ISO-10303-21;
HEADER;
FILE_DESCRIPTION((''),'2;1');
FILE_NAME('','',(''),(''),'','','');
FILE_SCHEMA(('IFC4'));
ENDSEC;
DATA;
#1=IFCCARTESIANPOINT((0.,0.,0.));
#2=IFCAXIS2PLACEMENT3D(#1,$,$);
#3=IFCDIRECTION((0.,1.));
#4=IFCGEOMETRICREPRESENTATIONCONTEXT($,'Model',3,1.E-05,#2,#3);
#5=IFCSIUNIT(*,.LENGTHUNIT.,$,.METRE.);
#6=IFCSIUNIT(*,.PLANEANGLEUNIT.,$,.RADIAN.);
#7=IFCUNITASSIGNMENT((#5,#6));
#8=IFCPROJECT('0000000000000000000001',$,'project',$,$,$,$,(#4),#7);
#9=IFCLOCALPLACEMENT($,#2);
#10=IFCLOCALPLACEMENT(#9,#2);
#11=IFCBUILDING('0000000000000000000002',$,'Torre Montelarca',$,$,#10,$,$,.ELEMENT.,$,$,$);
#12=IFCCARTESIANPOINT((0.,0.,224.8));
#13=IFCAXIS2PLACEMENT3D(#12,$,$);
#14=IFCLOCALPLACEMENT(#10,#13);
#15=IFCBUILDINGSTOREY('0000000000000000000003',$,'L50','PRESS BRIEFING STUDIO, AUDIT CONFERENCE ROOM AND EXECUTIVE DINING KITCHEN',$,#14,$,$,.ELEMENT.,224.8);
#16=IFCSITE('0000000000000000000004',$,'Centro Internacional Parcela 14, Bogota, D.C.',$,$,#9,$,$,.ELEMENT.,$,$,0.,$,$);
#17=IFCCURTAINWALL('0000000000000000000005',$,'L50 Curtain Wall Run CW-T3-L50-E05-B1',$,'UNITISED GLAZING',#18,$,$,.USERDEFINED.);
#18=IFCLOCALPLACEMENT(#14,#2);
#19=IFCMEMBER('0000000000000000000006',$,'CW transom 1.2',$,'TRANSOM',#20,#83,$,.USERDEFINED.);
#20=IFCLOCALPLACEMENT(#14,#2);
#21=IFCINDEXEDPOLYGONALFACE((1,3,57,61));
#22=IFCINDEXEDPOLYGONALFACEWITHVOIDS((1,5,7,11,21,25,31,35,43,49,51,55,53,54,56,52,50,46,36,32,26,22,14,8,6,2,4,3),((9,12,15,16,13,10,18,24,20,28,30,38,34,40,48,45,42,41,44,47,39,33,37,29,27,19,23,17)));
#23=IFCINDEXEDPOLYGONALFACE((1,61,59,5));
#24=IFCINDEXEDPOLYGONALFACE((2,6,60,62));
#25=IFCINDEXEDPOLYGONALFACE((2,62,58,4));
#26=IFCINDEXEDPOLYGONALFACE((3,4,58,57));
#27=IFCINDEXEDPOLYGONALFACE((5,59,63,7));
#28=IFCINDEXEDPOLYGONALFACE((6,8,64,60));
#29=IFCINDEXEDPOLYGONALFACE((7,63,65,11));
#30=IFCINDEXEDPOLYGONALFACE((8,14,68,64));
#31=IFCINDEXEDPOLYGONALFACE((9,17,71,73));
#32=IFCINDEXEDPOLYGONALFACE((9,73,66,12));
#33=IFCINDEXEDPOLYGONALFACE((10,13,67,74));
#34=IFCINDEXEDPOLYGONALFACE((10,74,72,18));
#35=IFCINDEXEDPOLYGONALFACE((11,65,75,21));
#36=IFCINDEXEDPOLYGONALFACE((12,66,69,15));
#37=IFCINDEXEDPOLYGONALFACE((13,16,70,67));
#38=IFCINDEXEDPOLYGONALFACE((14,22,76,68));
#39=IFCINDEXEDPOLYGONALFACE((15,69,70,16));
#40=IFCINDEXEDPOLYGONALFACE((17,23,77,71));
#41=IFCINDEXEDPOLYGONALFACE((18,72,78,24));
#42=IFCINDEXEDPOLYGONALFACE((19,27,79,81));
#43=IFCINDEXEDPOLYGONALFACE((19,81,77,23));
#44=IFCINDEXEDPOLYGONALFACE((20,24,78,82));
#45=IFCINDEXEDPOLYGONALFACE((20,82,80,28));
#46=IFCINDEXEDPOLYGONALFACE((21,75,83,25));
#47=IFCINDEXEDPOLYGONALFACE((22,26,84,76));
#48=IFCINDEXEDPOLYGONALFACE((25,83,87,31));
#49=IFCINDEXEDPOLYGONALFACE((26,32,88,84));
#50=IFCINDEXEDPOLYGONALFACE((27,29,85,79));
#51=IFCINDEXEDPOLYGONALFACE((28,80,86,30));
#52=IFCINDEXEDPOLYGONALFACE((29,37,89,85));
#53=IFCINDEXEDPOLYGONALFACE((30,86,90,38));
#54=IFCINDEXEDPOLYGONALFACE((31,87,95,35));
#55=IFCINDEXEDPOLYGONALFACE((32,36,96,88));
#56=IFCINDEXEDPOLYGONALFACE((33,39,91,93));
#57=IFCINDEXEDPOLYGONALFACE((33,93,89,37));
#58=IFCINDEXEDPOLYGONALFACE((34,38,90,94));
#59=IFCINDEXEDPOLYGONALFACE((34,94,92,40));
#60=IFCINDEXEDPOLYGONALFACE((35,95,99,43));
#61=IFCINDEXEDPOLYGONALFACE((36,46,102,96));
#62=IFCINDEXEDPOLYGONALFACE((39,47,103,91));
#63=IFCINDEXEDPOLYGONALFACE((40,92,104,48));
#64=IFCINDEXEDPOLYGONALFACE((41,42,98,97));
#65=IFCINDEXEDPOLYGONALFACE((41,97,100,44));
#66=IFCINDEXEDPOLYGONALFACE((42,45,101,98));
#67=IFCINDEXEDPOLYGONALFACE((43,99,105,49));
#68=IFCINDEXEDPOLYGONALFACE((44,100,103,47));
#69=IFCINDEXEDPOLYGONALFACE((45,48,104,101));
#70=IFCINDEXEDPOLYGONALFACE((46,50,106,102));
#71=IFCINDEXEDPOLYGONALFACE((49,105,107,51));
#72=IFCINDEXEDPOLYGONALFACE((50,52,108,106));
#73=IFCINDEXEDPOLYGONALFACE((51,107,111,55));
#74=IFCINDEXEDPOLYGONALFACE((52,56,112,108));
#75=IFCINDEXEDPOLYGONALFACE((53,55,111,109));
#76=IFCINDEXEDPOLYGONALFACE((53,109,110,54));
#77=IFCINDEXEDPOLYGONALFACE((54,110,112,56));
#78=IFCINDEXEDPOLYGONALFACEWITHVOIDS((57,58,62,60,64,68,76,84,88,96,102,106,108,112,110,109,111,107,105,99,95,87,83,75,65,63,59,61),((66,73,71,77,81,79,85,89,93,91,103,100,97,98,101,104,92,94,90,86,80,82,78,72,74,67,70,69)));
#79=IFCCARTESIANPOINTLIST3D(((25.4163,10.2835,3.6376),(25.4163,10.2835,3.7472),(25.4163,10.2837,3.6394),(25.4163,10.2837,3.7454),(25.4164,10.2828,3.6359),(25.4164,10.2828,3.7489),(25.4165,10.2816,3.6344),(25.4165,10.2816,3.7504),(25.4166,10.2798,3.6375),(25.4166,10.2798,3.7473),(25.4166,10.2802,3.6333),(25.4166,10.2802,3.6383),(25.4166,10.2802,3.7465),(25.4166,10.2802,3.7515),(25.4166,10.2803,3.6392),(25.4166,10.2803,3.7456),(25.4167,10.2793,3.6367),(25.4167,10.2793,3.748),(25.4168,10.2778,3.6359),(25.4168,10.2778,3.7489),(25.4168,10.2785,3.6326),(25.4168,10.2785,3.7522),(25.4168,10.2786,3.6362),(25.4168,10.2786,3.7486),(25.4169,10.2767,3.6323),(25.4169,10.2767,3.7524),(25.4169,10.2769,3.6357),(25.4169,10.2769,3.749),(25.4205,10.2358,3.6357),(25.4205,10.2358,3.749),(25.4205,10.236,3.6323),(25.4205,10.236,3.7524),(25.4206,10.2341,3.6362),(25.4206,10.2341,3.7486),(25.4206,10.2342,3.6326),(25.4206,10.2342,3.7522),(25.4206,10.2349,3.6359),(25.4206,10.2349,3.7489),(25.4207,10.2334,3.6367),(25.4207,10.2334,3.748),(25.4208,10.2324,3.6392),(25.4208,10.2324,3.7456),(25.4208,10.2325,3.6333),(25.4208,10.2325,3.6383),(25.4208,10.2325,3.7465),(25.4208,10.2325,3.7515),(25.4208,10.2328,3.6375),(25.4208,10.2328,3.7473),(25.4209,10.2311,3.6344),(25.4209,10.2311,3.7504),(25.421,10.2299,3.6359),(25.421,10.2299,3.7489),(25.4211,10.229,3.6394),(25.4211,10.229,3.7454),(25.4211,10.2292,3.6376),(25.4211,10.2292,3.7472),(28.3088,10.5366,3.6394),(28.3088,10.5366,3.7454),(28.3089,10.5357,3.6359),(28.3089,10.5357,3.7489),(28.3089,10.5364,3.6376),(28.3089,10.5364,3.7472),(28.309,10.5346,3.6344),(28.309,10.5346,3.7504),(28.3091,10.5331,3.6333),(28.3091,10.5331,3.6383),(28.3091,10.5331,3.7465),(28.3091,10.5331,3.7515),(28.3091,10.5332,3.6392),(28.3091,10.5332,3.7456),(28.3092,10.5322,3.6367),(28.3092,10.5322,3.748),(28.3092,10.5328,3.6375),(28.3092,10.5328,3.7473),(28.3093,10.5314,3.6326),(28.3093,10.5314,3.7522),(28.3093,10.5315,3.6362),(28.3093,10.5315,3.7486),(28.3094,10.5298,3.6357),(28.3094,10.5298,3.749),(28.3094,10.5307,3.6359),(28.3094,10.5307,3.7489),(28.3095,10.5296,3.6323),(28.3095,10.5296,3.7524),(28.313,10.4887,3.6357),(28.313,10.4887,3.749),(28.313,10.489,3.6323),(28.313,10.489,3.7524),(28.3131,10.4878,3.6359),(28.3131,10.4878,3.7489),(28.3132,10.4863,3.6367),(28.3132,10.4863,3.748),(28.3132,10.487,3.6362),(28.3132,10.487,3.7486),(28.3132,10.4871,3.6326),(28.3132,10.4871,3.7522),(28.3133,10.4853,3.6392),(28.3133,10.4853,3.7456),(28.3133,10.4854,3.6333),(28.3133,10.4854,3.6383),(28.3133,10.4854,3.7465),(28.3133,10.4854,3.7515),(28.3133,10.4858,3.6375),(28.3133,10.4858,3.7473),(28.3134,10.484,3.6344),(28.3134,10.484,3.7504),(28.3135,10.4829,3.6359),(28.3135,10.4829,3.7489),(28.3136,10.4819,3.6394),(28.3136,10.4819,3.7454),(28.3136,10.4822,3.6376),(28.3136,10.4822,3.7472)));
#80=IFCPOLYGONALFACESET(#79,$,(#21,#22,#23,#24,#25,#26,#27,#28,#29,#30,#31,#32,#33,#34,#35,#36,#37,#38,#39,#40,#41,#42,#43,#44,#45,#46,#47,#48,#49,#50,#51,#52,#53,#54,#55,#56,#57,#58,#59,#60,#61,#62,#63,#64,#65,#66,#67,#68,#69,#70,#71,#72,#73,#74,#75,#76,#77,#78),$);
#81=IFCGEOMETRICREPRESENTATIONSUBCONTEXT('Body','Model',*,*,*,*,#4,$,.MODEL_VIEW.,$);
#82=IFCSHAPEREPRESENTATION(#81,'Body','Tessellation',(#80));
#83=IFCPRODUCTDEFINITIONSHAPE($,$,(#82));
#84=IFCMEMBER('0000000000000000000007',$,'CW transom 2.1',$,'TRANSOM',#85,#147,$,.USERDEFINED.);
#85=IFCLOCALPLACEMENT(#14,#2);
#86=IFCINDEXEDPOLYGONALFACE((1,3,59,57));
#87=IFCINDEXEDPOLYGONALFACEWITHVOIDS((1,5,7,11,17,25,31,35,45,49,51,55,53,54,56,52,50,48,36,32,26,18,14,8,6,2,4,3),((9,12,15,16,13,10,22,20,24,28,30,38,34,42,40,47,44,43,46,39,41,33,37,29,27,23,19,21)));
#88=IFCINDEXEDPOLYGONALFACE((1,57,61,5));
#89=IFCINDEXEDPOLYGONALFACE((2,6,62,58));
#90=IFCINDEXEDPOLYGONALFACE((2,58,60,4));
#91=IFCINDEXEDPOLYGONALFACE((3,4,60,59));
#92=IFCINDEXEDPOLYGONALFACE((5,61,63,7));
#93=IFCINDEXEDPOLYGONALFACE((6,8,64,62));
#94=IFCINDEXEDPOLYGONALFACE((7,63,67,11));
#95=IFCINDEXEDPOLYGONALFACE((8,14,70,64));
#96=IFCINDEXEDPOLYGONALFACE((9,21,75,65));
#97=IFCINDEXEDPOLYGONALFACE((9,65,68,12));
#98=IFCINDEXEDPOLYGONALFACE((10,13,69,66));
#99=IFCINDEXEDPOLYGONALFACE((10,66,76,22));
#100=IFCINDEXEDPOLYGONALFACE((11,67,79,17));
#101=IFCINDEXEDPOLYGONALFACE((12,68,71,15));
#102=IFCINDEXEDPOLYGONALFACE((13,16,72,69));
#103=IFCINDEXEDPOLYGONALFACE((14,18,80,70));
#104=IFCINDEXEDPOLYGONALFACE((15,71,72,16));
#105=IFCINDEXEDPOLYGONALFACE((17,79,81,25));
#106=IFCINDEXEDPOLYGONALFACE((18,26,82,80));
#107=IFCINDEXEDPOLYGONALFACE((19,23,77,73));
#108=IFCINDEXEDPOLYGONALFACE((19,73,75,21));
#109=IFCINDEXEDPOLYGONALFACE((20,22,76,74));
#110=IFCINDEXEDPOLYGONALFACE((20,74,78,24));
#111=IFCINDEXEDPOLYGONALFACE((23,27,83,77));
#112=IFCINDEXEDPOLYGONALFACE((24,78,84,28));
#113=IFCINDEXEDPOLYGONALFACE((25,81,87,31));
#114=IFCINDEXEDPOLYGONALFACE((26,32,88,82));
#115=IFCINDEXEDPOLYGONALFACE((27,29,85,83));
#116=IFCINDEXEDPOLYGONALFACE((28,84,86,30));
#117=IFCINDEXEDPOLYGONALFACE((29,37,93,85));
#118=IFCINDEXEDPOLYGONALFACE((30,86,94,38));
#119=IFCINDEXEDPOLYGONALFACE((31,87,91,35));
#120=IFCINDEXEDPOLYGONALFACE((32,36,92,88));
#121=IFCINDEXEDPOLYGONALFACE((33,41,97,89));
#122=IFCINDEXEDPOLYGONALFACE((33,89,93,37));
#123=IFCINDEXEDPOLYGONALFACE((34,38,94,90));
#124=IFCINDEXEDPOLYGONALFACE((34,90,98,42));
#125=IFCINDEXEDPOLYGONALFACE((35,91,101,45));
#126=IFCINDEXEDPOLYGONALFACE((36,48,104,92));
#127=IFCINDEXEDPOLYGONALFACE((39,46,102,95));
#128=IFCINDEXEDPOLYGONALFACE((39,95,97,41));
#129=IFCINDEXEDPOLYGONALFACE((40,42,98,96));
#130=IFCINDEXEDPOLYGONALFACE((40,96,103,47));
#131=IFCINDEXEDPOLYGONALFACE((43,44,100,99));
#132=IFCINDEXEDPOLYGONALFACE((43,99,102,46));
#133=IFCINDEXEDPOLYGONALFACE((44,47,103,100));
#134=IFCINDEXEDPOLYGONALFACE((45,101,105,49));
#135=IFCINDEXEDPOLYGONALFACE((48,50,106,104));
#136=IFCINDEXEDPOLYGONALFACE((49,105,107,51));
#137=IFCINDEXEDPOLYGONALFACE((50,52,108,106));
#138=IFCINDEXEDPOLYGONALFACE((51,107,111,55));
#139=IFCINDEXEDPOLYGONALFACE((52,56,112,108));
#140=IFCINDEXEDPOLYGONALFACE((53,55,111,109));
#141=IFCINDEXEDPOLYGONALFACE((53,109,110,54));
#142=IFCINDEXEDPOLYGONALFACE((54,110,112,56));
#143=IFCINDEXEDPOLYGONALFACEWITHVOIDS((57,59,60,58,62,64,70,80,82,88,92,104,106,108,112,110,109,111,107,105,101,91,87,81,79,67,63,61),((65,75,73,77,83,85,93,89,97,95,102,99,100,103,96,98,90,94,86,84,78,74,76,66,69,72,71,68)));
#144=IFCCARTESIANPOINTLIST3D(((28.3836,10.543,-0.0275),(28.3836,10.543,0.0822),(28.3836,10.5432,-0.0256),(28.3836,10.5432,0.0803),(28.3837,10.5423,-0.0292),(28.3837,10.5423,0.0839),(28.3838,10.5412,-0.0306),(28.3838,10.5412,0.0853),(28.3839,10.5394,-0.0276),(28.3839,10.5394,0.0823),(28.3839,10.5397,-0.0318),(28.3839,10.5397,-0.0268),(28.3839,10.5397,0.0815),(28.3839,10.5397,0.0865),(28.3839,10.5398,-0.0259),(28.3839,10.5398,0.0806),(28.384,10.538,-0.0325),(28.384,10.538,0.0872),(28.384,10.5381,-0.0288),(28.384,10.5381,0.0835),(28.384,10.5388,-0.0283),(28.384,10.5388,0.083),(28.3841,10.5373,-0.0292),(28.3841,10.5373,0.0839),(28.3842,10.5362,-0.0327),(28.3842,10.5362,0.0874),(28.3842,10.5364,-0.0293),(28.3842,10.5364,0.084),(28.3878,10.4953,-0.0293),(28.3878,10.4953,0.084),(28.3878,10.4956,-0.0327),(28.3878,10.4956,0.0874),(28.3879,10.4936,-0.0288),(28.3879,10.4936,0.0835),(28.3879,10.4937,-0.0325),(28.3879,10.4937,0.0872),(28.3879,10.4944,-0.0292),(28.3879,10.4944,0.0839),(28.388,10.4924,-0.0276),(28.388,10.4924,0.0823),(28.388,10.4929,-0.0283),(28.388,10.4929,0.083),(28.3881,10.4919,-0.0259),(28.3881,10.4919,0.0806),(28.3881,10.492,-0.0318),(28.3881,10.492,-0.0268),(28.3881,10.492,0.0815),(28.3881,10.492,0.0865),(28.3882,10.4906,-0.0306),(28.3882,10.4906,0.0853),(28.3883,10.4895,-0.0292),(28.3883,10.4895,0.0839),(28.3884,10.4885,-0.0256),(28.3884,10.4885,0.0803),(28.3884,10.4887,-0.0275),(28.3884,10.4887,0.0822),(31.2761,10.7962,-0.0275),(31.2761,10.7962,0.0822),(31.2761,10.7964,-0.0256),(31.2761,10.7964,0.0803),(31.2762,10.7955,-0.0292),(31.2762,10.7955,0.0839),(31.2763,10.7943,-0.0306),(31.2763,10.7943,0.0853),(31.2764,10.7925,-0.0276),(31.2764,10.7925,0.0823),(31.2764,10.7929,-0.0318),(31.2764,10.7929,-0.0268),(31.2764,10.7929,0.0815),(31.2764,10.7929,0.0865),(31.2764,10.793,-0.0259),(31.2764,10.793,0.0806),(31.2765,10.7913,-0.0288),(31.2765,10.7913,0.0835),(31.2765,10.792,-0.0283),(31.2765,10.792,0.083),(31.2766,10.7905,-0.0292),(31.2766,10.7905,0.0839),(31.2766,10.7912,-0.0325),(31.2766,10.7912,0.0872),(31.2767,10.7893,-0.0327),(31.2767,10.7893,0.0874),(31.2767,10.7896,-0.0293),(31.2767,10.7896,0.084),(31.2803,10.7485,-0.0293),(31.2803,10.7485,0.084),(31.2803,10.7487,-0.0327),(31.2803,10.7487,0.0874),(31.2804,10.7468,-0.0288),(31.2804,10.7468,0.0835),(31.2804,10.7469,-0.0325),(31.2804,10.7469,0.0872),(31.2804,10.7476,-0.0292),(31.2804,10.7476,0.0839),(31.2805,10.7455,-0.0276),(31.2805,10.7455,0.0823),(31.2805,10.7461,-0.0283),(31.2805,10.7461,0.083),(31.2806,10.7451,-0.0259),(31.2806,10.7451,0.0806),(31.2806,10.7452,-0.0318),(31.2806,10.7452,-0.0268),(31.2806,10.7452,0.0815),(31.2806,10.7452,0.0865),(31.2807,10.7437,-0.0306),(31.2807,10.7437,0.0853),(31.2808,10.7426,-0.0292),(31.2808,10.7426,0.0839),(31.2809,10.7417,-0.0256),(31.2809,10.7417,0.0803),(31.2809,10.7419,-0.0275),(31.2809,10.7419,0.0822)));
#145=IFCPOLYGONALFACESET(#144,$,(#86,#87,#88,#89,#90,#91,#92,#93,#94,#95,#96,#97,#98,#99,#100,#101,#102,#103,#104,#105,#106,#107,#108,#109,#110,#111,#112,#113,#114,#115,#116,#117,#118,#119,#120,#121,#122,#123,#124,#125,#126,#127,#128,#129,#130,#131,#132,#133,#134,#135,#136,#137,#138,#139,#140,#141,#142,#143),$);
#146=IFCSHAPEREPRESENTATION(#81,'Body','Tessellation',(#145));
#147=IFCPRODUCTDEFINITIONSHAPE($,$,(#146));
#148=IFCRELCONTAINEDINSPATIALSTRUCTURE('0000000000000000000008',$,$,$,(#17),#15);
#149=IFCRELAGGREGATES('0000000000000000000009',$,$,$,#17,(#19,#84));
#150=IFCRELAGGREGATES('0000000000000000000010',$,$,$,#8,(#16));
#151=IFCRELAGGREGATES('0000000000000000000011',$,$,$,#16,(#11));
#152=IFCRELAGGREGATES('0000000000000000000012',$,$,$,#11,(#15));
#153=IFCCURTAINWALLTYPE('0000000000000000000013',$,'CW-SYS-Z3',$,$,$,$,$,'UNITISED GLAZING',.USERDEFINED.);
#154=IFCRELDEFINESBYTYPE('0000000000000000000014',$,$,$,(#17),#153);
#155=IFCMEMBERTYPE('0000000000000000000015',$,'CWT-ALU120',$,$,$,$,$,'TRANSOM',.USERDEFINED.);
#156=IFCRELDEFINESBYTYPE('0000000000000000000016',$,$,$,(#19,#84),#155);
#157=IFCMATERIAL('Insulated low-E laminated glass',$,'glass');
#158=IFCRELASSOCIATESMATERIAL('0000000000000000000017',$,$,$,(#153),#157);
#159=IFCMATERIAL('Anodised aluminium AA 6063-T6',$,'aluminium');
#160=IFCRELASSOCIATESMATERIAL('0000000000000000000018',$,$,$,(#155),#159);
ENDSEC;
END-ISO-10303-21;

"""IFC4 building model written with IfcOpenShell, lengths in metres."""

from ifc_helpers import new_model, si_unit, direction, frame, origin, origin_2d, place, context, subcontext, project, spatial, hollow_rectangle, extrude, source, transform, mapped, material, material_profile, profile_set, type_object, element, aggregate, save


model = new_model("IFC4")

# Units and contexts
model_context = context("Model", 3, precision=1e-05, world=origin(), true_north=direction((0.0, 1.0)))
body_context = subcontext(model_context, "Body", "Model", "MODEL_VIEW")
ifc_project = project(units=[si_unit("LENGTHUNIT", "METRE"), si_unit("PLANEANGLEUNIT", "RADIAN")], contexts=[model_context])

# Site, building, storey
site_placement = place(None, origin())
site = spatial("IfcSite", under=ifc_project, at=site_placement, Name="Centro Internacional Parcela 14, Bogota, D.C.", CompositionType="ELEMENT", RefElevation=0.0)
building_placement = place(site_placement, origin())
building = spatial("IfcBuilding", under=site, at=building_placement, Name="Torre Montelarca", CompositionType="ELEMENT")
storey_placement = place(building_placement, frame((0.0, 0.0, 224.8)))
storey = spatial("IfcBuildingStorey", under=building, at=storey_placement, Name="L50", Description="PRESS BRIEFING STUDIO, AUDIT CONFERENCE ROOM AND EXECUTIVE DINING KITCHEN", CompositionType="ELEMENT", Elevation=224.8)

# Curtain wall, members
ifc_material_1 = material(Name="Insulated low-E laminated glass", Category="glass")
curtain_wall_type = type_object("IfcCurtainWallType", Name="CW-SYS-Z3", ElementType="UNITISED GLAZING", PredefinedType="USERDEFINED", material=ifc_material_1)
curtain_wall_1_placement = place(storey_placement, origin())
curtain_wall_1 = element("IfcCurtainWall", 1, at=curtain_wall_1_placement, inside=storey, type_object=curtain_wall_type, Name="L50 Curtain Wall Run CW-T3-L50-E05-B1", ObjectType="UNITISED GLAZING", PredefinedType="USERDEFINED")
ifc_material_2 = material(Name="Anodised aluminium AA 6063-T6", Category="aluminium")
ifc_material_profile_1 = material_profile(ifc_material_2, hollow_rectangle(XDim=0.0549, YDim=0.1201, WallThickness=0.0034, InnerFilletRadius=0.0034, OuterFilletRadius=0.0071, at=origin_2d()), Name="ALU55X120X3.5", Category="aluminium")
ifc_profile_set_1 = profile_set([ifc_material_profile_1], Name="Anodised aluminium AA 6063-T6")
member_type_1 = type_object("IfcMemberType", Name="CWT-ALU120", ElementType="TRANSOM", PredefinedType="USERDEFINED", material=ifc_profile_set_1)
shared_shape_1 = source(origin(), body_context, "Body", "SweptSolid", [
    extrude(hollow_rectangle(XDim=0.0549, YDim=0.1201, WallThickness=0.0034, InnerFilletRadius=0.0034, OuterFilletRadius=0.0071, at=origin_2d()), origin(), (0.0, 0.0, 1.0), 2.9036),
])
member_1_placement = place(storey_placement, frame((25.4187, 10.2563, 3.6924), z_axis=(0.996199, 0.087109, 0.0), x_axis=(-0.087109, 0.996199, 0.0)))
member_1 = element("IfcMember", 2, at=member_1_placement, type_object=member_type_1, Name="CW transom 1.2", ObjectType="TRANSOM", PredefinedType="USERDEFINED", context=body_context, shape_type="MappedRepresentation", body=[
    mapped(shared_shape_1, transform((0.0, 0.0, 0.0), scale=1.0)),
])
member_2_placement = place(storey_placement, frame((28.386, 10.5159, 0.0273), z_axis=(0.996192, 0.087192, 0.0), x_axis=(-0.087192, 0.996192, 0.0)))
member_2 = element("IfcMember", 3, at=member_2_placement, type_object=member_type_1, Name="CW transom 2.1", ObjectType="TRANSOM", PredefinedType="USERDEFINED", context=body_context, shape_type="MappedRepresentation", body=[
    mapped(shared_shape_1, transform((0.0, 0.0, 0.0), scale=1.0)),
])

aggregate(curtain_wall_1, [member_1, member_2])

save(model, "model.ifc")
